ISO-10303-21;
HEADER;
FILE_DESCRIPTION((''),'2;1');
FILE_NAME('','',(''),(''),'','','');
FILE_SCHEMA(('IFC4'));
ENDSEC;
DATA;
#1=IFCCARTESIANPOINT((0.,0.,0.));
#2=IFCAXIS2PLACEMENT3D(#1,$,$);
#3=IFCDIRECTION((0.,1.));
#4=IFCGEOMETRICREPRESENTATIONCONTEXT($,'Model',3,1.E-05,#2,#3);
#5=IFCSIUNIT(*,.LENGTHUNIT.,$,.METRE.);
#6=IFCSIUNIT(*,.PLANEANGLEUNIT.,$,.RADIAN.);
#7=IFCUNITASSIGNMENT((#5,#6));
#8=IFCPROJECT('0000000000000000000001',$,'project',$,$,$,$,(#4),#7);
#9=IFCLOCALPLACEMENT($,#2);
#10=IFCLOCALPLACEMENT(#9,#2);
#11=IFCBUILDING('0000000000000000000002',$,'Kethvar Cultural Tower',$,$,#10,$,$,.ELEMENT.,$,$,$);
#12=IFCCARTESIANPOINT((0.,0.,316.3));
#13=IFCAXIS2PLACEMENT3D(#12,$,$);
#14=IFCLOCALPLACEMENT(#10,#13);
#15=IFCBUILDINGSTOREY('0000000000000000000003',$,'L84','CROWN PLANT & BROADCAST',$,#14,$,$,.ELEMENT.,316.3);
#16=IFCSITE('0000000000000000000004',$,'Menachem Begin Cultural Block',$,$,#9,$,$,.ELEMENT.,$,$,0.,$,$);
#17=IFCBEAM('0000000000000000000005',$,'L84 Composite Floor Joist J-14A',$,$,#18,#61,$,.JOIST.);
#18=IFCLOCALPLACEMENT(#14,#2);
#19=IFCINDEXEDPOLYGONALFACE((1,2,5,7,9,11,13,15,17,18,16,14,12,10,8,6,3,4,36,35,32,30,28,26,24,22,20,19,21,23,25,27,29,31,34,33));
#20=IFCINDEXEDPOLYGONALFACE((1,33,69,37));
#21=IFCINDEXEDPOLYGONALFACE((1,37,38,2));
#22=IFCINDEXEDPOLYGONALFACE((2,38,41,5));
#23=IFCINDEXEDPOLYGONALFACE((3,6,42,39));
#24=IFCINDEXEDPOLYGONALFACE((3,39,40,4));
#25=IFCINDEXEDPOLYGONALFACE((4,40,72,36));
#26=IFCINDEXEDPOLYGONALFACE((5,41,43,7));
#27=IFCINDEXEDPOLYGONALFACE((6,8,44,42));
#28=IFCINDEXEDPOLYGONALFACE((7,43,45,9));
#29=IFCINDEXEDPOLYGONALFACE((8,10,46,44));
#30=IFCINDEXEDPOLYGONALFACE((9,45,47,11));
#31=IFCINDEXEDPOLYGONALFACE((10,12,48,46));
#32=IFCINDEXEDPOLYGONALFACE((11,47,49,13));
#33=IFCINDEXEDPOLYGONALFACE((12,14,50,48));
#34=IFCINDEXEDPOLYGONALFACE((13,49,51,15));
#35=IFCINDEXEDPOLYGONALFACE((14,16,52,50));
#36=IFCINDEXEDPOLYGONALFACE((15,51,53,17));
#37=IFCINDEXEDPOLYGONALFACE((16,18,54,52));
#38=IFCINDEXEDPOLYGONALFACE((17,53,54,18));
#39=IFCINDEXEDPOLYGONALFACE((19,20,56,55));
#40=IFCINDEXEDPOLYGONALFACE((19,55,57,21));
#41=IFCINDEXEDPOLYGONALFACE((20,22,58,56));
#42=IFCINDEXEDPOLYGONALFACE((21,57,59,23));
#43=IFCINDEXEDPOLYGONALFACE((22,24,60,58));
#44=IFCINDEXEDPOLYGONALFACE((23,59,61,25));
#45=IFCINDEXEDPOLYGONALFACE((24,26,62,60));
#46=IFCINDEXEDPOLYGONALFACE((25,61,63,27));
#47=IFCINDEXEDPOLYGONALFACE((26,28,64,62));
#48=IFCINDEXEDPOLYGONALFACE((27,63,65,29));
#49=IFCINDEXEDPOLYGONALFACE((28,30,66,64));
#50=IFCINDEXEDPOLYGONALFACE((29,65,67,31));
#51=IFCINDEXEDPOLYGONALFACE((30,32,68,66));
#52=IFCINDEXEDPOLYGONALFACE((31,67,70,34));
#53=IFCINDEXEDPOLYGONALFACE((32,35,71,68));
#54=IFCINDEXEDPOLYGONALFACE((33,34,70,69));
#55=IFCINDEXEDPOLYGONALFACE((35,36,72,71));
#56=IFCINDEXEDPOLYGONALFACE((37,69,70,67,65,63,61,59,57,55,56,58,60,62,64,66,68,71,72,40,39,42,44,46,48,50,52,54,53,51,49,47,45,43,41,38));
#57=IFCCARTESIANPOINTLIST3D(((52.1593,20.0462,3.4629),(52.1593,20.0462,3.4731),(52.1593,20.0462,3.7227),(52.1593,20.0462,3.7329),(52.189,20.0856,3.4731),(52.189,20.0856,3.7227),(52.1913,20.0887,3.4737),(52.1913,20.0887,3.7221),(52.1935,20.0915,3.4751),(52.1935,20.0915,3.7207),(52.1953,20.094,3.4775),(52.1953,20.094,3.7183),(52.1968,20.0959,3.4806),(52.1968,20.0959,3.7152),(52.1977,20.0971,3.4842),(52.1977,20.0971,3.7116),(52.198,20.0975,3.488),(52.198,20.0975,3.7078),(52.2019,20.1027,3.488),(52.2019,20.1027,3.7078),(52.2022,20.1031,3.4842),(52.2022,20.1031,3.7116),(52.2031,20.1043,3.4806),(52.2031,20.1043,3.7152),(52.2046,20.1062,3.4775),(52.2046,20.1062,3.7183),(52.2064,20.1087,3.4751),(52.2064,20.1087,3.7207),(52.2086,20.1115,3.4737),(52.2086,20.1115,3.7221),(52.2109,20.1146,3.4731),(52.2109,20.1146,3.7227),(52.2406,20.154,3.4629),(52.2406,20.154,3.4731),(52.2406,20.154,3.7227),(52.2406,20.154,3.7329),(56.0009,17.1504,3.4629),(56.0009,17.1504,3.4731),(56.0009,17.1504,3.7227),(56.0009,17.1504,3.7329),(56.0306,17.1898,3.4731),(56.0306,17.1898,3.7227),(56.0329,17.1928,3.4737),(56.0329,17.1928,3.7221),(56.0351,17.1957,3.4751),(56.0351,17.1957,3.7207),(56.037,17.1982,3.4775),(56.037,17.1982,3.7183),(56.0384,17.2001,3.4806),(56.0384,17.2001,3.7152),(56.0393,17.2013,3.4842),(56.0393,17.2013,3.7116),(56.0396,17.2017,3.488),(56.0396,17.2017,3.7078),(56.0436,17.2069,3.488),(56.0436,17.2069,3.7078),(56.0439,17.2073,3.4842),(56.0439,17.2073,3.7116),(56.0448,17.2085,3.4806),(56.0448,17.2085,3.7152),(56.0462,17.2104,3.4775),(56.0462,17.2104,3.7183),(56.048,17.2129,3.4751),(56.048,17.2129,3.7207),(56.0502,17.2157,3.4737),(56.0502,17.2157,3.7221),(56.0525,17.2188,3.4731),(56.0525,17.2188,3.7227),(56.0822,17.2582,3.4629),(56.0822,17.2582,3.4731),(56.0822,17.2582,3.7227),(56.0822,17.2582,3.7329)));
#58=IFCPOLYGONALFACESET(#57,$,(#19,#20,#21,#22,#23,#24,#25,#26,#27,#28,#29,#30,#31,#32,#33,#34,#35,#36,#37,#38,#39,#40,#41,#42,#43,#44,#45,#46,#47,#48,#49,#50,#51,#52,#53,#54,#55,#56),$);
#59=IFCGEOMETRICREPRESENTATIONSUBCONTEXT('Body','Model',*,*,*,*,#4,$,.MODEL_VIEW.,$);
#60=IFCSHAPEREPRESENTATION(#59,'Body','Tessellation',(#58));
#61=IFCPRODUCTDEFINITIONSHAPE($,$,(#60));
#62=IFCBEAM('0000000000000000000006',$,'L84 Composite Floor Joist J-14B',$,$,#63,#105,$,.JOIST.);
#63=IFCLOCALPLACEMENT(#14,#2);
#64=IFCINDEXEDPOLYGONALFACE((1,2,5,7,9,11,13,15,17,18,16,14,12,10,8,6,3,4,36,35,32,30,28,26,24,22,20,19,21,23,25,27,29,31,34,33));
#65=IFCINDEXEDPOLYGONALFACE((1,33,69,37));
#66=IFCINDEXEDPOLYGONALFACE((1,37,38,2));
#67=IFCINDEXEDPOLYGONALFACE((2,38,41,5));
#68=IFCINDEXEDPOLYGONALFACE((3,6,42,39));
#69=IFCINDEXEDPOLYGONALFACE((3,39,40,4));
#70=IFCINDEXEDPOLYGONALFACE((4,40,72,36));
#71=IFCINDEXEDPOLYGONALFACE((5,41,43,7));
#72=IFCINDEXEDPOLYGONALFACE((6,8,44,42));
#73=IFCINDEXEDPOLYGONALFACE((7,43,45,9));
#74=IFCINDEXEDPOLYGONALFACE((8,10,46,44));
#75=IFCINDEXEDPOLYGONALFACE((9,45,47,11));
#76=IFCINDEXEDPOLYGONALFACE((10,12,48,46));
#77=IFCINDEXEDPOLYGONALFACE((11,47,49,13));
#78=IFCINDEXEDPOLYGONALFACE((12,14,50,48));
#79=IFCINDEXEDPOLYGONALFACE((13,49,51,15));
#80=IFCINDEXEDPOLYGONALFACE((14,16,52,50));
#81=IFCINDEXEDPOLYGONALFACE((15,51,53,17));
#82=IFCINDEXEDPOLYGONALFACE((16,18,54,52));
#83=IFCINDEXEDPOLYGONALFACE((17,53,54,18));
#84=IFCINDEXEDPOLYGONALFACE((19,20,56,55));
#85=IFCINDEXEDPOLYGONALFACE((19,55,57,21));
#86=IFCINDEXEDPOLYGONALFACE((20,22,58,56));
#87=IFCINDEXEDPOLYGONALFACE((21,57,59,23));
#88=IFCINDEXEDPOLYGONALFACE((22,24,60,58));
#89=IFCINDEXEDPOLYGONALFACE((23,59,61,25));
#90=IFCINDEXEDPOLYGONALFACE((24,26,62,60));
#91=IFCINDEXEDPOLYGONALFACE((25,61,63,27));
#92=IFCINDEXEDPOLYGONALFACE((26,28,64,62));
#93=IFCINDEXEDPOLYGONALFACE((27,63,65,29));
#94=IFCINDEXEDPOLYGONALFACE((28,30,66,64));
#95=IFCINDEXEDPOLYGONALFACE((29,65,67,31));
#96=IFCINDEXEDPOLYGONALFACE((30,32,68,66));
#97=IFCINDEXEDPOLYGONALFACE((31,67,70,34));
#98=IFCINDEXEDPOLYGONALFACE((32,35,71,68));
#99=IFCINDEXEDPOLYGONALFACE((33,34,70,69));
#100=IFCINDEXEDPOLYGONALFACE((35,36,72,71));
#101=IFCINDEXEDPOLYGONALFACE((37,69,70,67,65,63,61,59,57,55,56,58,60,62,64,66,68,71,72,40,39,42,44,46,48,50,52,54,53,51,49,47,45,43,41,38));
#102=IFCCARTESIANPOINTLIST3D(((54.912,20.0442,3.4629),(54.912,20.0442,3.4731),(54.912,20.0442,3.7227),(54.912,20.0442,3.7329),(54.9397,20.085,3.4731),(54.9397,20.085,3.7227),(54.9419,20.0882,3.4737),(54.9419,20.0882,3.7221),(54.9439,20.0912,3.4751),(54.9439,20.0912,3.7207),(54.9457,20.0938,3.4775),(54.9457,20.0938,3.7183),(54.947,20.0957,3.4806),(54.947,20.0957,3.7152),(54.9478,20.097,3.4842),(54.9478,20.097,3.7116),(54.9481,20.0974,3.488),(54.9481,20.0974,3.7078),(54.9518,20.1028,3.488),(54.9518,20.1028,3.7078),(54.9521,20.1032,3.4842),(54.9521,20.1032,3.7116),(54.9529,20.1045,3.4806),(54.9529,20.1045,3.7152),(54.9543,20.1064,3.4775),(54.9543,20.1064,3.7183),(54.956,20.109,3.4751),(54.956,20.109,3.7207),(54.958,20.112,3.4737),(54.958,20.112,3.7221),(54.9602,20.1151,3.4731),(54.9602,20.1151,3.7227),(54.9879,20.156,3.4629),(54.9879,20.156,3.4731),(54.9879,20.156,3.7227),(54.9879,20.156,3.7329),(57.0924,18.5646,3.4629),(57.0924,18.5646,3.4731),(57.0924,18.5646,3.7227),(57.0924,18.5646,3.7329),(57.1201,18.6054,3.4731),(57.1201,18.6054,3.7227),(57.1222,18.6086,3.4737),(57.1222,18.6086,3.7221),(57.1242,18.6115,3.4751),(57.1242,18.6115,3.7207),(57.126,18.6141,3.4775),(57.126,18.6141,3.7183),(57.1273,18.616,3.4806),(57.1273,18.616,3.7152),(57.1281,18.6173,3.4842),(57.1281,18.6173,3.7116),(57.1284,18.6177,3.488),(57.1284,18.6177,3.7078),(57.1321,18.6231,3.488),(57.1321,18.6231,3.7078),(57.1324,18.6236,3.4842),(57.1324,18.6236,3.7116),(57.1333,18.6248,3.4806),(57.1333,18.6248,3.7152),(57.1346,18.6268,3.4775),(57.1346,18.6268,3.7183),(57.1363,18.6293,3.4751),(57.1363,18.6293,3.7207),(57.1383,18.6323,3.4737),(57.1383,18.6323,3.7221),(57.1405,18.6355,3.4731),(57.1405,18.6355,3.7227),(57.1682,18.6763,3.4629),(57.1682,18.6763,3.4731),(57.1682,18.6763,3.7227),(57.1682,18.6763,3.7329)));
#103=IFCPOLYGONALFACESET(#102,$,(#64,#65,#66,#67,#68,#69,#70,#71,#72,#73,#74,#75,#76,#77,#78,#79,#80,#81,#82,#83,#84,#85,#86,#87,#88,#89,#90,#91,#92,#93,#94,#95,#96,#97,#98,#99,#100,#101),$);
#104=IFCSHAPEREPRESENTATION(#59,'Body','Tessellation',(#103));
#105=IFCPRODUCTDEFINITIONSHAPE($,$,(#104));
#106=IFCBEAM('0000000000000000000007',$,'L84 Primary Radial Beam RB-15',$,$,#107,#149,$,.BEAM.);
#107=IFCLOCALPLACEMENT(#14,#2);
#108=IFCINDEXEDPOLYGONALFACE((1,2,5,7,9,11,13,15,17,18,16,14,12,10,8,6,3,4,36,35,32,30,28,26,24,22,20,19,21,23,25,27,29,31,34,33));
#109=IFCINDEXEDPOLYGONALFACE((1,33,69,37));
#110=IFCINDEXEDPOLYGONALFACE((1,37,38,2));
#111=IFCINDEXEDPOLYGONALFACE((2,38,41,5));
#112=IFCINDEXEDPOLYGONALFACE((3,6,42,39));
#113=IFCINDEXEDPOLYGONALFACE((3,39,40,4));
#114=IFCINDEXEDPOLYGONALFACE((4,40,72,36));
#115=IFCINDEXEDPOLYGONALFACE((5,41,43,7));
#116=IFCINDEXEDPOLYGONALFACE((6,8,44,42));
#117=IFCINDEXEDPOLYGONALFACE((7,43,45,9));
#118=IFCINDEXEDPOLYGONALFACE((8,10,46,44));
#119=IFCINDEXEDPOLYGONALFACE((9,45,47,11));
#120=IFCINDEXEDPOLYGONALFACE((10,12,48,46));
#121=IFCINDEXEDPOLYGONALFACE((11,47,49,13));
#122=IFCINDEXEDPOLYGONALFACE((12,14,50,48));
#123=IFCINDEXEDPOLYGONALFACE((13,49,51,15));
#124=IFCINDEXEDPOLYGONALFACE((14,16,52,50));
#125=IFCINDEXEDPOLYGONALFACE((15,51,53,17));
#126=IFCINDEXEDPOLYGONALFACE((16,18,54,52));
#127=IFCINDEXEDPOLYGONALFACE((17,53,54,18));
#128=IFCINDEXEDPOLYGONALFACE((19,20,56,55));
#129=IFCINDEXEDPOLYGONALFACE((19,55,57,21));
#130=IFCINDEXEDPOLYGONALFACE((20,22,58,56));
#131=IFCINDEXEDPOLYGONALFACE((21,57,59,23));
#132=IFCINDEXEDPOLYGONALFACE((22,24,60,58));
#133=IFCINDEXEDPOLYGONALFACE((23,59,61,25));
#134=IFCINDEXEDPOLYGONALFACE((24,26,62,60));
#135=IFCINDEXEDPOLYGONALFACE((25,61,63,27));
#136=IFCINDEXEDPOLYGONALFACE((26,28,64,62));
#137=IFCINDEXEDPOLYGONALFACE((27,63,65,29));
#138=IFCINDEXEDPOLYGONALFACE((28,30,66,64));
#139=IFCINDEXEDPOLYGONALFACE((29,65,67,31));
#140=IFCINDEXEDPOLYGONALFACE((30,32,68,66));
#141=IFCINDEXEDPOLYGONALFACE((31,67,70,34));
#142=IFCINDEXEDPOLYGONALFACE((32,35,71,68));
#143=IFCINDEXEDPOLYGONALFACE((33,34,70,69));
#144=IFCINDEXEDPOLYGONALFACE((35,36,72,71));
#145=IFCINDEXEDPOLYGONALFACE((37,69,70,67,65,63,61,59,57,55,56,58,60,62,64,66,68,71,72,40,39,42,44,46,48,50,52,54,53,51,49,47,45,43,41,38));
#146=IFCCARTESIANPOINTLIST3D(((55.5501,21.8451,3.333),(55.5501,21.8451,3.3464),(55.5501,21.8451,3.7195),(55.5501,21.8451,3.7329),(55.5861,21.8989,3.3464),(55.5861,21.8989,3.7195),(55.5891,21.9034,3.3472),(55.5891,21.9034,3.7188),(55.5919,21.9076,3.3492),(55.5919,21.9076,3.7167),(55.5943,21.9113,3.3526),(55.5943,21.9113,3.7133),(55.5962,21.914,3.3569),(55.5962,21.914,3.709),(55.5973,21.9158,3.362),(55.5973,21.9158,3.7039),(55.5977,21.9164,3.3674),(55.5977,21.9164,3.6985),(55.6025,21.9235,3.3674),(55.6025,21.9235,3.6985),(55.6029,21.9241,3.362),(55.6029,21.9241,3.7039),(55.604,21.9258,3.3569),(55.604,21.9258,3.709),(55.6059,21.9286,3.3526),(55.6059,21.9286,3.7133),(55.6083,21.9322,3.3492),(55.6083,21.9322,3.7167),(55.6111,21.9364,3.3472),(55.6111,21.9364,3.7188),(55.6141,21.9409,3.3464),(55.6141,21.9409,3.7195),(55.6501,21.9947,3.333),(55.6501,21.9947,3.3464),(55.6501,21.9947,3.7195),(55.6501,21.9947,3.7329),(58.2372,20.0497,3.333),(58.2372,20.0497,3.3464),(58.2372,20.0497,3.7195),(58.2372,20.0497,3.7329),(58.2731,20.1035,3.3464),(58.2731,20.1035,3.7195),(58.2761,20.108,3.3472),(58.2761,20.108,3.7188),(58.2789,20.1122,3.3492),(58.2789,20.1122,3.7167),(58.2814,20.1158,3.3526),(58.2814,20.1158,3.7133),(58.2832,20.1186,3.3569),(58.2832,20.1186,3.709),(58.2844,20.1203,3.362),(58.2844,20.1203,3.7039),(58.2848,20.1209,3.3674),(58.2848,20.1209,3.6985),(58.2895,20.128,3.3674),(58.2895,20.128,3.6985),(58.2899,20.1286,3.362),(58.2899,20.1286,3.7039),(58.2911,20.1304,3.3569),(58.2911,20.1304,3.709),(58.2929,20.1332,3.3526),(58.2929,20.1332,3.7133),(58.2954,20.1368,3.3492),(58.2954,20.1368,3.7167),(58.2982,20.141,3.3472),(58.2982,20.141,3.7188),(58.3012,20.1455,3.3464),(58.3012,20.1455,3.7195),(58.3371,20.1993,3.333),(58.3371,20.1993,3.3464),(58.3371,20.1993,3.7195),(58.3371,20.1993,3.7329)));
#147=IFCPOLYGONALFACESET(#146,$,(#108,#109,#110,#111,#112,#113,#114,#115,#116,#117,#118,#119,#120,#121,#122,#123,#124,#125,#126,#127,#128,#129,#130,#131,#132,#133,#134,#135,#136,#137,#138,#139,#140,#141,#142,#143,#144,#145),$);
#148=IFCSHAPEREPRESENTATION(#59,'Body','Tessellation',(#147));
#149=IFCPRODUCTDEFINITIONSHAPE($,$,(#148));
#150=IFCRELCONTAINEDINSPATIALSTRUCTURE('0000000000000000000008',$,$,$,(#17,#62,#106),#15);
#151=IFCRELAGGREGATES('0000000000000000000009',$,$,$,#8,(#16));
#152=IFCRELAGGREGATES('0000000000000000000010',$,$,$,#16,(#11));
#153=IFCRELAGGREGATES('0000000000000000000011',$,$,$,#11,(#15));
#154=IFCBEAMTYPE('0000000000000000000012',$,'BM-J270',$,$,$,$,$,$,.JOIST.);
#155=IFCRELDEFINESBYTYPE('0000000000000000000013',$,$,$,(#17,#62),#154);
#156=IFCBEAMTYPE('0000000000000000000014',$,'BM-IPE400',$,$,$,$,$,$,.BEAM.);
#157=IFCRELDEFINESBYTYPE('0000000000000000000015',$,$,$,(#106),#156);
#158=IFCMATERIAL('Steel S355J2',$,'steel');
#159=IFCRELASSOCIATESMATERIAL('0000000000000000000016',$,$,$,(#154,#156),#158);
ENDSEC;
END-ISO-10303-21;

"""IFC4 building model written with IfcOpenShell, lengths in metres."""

from ifc_helpers import new_model, si_unit, direction, frame, origin, origin_2d, place, context, subcontext, project, spatial, i_section, extrude, source, transform, mapped, material, material_profile, profile_set, type_object, element, save


model = new_model("IFC4")

# Units and contexts
model_context = context("Model", 3, precision=1e-05, world=origin(), true_north=direction((0.0, 1.0)))
body_context = subcontext(model_context, "Body", "Model", "MODEL_VIEW")
ifc_project = project(units=[si_unit("LENGTHUNIT", "METRE"), si_unit("PLANEANGLEUNIT", "RADIAN")], contexts=[model_context])

# Site, building, storey
site_placement = place(None, origin())
site = spatial("IfcSite", under=ifc_project, at=site_placement, Name="Menachem Begin Cultural Block", CompositionType="ELEMENT", RefElevation=0.0)
building_placement = place(site_placement, origin())
building = spatial("IfcBuilding", under=site, at=building_placement, Name="Kethvar Cultural Tower", CompositionType="ELEMENT")
storey_placement = place(building_placement, frame((0.0, 0.0, 316.3)))
storey = spatial("IfcBuildingStorey", under=building, at=storey_placement, Name="L84", Description="CROWN PLANT & BROADCAST", CompositionType="ELEMENT", Elevation=316.3)

# Beams
ifc_material_1 = material(Name="Steel S355J2", Category="steel")
ifc_material_profile_1 = material_profile(ifc_material_1, i_section(OverallWidth=0.135, OverallDepth=0.27, WebThickness=0.0066, FlangeThickness=0.0103, FilletRadius=0.0149, at=origin_2d()), Name="Steel S355J2 — IPE270")
ifc_profile_set_1 = profile_set([ifc_material_profile_1], Name="Steel S355J2 — IPE270")
beam_type_1 = type_object("IfcBeamType", Name="BM-J270", PredefinedType="JOIST", material=ifc_profile_set_1)
shared_shape_1 = source(origin(), body_context, "Body", "SweptSolid", [
    extrude(i_section(OverallWidth=0.135, OverallDepth=0.27, WebThickness=0.0066, FlangeThickness=0.0103, FilletRadius=0.0149, at=origin_2d()), origin(), (0.0, 0.0, 1.0), 4.8108),
])
beam_1_placement = place(storey_placement, frame((52.2, 20.1001, 3.5979), z_axis=(0.798542, -0.601939, 0.0), x_axis=(0.601939, 0.798542, 0.0)))
element("IfcBeam", 1, at=beam_1_placement, inside=storey, type_object=beam_type_1, Name="L84 Composite Floor Joist J-14A", PredefinedType="JOIST", context=body_context, shape_type="MappedRepresentation", body=[
    mapped(shared_shape_1, transform((0.0, 0.0, 0.0), scale=1.0)),
])
shared_shape_2 = source(origin(), body_context, "Body", "SweptSolid", [
    extrude(i_section(OverallWidth=0.135, OverallDepth=0.27, WebThickness=0.0066, FlangeThickness=0.0103, FilletRadius=0.0149, at=origin_2d()), origin(), (0.0, 0.0, 1.0), 2.635),
])
beam_2_placement = place(storey_placement, frame((54.95, 20.1001, 3.5979), z_axis=(0.827447, -0.561544, 0.0), x_axis=(0.561544, 0.827447, 0.0)))
element("IfcBeam", 2, at=beam_2_placement, inside=storey, type_object=beam_type_1, Name="L84 Composite Floor Joist J-14B", PredefinedType="JOIST", context=body_context, shape_type="MappedRepresentation", body=[
    mapped(shared_shape_2, transform((0.0, 0.0, 0.0), scale=1.0)),
])
ifc_material_profile_2 = material_profile(ifc_material_1, i_section(OverallWidth=0.1799, OverallDepth=0.3999, WebThickness=0.0085, FlangeThickness=0.0134, FilletRadius=0.021, at=origin_2d()), Name="Steel S355J2 — IPE400")
ifc_profile_set_2 = profile_set([ifc_material_profile_2], Name="Steel S355J2 — IPE400")
beam_type_2 = type_object("IfcBeamType", Name="BM-IPE400", PredefinedType="BEAM", material=ifc_profile_set_2)
shared_shape_3 = source(origin(), body_context, "Body", "SweptSolid", [
    extrude(i_section(OverallWidth=0.1799, OverallDepth=0.3999, WebThickness=0.0085, FlangeThickness=0.0134, FilletRadius=0.021, at=origin_2d()), origin(), (0.0, 0.0, 1.0), 3.2317),
])
beam_3_placement = place(storey_placement, frame((55.6001, 21.9199, 3.533), z_axis=(0.831469, -0.555572, 0.0), x_axis=(0.555572, 0.831469, 0.0)))
element("IfcBeam", 3, at=beam_3_placement, inside=storey, type_object=beam_type_2, Name="L84 Primary Radial Beam RB-15", PredefinedType="BEAM", context=body_context, shape_type="MappedRepresentation", body=[
    mapped(shared_shape_3, transform((0.0, 0.0, 0.0), scale=1.0)),
])

save(model, "model.ifc")
